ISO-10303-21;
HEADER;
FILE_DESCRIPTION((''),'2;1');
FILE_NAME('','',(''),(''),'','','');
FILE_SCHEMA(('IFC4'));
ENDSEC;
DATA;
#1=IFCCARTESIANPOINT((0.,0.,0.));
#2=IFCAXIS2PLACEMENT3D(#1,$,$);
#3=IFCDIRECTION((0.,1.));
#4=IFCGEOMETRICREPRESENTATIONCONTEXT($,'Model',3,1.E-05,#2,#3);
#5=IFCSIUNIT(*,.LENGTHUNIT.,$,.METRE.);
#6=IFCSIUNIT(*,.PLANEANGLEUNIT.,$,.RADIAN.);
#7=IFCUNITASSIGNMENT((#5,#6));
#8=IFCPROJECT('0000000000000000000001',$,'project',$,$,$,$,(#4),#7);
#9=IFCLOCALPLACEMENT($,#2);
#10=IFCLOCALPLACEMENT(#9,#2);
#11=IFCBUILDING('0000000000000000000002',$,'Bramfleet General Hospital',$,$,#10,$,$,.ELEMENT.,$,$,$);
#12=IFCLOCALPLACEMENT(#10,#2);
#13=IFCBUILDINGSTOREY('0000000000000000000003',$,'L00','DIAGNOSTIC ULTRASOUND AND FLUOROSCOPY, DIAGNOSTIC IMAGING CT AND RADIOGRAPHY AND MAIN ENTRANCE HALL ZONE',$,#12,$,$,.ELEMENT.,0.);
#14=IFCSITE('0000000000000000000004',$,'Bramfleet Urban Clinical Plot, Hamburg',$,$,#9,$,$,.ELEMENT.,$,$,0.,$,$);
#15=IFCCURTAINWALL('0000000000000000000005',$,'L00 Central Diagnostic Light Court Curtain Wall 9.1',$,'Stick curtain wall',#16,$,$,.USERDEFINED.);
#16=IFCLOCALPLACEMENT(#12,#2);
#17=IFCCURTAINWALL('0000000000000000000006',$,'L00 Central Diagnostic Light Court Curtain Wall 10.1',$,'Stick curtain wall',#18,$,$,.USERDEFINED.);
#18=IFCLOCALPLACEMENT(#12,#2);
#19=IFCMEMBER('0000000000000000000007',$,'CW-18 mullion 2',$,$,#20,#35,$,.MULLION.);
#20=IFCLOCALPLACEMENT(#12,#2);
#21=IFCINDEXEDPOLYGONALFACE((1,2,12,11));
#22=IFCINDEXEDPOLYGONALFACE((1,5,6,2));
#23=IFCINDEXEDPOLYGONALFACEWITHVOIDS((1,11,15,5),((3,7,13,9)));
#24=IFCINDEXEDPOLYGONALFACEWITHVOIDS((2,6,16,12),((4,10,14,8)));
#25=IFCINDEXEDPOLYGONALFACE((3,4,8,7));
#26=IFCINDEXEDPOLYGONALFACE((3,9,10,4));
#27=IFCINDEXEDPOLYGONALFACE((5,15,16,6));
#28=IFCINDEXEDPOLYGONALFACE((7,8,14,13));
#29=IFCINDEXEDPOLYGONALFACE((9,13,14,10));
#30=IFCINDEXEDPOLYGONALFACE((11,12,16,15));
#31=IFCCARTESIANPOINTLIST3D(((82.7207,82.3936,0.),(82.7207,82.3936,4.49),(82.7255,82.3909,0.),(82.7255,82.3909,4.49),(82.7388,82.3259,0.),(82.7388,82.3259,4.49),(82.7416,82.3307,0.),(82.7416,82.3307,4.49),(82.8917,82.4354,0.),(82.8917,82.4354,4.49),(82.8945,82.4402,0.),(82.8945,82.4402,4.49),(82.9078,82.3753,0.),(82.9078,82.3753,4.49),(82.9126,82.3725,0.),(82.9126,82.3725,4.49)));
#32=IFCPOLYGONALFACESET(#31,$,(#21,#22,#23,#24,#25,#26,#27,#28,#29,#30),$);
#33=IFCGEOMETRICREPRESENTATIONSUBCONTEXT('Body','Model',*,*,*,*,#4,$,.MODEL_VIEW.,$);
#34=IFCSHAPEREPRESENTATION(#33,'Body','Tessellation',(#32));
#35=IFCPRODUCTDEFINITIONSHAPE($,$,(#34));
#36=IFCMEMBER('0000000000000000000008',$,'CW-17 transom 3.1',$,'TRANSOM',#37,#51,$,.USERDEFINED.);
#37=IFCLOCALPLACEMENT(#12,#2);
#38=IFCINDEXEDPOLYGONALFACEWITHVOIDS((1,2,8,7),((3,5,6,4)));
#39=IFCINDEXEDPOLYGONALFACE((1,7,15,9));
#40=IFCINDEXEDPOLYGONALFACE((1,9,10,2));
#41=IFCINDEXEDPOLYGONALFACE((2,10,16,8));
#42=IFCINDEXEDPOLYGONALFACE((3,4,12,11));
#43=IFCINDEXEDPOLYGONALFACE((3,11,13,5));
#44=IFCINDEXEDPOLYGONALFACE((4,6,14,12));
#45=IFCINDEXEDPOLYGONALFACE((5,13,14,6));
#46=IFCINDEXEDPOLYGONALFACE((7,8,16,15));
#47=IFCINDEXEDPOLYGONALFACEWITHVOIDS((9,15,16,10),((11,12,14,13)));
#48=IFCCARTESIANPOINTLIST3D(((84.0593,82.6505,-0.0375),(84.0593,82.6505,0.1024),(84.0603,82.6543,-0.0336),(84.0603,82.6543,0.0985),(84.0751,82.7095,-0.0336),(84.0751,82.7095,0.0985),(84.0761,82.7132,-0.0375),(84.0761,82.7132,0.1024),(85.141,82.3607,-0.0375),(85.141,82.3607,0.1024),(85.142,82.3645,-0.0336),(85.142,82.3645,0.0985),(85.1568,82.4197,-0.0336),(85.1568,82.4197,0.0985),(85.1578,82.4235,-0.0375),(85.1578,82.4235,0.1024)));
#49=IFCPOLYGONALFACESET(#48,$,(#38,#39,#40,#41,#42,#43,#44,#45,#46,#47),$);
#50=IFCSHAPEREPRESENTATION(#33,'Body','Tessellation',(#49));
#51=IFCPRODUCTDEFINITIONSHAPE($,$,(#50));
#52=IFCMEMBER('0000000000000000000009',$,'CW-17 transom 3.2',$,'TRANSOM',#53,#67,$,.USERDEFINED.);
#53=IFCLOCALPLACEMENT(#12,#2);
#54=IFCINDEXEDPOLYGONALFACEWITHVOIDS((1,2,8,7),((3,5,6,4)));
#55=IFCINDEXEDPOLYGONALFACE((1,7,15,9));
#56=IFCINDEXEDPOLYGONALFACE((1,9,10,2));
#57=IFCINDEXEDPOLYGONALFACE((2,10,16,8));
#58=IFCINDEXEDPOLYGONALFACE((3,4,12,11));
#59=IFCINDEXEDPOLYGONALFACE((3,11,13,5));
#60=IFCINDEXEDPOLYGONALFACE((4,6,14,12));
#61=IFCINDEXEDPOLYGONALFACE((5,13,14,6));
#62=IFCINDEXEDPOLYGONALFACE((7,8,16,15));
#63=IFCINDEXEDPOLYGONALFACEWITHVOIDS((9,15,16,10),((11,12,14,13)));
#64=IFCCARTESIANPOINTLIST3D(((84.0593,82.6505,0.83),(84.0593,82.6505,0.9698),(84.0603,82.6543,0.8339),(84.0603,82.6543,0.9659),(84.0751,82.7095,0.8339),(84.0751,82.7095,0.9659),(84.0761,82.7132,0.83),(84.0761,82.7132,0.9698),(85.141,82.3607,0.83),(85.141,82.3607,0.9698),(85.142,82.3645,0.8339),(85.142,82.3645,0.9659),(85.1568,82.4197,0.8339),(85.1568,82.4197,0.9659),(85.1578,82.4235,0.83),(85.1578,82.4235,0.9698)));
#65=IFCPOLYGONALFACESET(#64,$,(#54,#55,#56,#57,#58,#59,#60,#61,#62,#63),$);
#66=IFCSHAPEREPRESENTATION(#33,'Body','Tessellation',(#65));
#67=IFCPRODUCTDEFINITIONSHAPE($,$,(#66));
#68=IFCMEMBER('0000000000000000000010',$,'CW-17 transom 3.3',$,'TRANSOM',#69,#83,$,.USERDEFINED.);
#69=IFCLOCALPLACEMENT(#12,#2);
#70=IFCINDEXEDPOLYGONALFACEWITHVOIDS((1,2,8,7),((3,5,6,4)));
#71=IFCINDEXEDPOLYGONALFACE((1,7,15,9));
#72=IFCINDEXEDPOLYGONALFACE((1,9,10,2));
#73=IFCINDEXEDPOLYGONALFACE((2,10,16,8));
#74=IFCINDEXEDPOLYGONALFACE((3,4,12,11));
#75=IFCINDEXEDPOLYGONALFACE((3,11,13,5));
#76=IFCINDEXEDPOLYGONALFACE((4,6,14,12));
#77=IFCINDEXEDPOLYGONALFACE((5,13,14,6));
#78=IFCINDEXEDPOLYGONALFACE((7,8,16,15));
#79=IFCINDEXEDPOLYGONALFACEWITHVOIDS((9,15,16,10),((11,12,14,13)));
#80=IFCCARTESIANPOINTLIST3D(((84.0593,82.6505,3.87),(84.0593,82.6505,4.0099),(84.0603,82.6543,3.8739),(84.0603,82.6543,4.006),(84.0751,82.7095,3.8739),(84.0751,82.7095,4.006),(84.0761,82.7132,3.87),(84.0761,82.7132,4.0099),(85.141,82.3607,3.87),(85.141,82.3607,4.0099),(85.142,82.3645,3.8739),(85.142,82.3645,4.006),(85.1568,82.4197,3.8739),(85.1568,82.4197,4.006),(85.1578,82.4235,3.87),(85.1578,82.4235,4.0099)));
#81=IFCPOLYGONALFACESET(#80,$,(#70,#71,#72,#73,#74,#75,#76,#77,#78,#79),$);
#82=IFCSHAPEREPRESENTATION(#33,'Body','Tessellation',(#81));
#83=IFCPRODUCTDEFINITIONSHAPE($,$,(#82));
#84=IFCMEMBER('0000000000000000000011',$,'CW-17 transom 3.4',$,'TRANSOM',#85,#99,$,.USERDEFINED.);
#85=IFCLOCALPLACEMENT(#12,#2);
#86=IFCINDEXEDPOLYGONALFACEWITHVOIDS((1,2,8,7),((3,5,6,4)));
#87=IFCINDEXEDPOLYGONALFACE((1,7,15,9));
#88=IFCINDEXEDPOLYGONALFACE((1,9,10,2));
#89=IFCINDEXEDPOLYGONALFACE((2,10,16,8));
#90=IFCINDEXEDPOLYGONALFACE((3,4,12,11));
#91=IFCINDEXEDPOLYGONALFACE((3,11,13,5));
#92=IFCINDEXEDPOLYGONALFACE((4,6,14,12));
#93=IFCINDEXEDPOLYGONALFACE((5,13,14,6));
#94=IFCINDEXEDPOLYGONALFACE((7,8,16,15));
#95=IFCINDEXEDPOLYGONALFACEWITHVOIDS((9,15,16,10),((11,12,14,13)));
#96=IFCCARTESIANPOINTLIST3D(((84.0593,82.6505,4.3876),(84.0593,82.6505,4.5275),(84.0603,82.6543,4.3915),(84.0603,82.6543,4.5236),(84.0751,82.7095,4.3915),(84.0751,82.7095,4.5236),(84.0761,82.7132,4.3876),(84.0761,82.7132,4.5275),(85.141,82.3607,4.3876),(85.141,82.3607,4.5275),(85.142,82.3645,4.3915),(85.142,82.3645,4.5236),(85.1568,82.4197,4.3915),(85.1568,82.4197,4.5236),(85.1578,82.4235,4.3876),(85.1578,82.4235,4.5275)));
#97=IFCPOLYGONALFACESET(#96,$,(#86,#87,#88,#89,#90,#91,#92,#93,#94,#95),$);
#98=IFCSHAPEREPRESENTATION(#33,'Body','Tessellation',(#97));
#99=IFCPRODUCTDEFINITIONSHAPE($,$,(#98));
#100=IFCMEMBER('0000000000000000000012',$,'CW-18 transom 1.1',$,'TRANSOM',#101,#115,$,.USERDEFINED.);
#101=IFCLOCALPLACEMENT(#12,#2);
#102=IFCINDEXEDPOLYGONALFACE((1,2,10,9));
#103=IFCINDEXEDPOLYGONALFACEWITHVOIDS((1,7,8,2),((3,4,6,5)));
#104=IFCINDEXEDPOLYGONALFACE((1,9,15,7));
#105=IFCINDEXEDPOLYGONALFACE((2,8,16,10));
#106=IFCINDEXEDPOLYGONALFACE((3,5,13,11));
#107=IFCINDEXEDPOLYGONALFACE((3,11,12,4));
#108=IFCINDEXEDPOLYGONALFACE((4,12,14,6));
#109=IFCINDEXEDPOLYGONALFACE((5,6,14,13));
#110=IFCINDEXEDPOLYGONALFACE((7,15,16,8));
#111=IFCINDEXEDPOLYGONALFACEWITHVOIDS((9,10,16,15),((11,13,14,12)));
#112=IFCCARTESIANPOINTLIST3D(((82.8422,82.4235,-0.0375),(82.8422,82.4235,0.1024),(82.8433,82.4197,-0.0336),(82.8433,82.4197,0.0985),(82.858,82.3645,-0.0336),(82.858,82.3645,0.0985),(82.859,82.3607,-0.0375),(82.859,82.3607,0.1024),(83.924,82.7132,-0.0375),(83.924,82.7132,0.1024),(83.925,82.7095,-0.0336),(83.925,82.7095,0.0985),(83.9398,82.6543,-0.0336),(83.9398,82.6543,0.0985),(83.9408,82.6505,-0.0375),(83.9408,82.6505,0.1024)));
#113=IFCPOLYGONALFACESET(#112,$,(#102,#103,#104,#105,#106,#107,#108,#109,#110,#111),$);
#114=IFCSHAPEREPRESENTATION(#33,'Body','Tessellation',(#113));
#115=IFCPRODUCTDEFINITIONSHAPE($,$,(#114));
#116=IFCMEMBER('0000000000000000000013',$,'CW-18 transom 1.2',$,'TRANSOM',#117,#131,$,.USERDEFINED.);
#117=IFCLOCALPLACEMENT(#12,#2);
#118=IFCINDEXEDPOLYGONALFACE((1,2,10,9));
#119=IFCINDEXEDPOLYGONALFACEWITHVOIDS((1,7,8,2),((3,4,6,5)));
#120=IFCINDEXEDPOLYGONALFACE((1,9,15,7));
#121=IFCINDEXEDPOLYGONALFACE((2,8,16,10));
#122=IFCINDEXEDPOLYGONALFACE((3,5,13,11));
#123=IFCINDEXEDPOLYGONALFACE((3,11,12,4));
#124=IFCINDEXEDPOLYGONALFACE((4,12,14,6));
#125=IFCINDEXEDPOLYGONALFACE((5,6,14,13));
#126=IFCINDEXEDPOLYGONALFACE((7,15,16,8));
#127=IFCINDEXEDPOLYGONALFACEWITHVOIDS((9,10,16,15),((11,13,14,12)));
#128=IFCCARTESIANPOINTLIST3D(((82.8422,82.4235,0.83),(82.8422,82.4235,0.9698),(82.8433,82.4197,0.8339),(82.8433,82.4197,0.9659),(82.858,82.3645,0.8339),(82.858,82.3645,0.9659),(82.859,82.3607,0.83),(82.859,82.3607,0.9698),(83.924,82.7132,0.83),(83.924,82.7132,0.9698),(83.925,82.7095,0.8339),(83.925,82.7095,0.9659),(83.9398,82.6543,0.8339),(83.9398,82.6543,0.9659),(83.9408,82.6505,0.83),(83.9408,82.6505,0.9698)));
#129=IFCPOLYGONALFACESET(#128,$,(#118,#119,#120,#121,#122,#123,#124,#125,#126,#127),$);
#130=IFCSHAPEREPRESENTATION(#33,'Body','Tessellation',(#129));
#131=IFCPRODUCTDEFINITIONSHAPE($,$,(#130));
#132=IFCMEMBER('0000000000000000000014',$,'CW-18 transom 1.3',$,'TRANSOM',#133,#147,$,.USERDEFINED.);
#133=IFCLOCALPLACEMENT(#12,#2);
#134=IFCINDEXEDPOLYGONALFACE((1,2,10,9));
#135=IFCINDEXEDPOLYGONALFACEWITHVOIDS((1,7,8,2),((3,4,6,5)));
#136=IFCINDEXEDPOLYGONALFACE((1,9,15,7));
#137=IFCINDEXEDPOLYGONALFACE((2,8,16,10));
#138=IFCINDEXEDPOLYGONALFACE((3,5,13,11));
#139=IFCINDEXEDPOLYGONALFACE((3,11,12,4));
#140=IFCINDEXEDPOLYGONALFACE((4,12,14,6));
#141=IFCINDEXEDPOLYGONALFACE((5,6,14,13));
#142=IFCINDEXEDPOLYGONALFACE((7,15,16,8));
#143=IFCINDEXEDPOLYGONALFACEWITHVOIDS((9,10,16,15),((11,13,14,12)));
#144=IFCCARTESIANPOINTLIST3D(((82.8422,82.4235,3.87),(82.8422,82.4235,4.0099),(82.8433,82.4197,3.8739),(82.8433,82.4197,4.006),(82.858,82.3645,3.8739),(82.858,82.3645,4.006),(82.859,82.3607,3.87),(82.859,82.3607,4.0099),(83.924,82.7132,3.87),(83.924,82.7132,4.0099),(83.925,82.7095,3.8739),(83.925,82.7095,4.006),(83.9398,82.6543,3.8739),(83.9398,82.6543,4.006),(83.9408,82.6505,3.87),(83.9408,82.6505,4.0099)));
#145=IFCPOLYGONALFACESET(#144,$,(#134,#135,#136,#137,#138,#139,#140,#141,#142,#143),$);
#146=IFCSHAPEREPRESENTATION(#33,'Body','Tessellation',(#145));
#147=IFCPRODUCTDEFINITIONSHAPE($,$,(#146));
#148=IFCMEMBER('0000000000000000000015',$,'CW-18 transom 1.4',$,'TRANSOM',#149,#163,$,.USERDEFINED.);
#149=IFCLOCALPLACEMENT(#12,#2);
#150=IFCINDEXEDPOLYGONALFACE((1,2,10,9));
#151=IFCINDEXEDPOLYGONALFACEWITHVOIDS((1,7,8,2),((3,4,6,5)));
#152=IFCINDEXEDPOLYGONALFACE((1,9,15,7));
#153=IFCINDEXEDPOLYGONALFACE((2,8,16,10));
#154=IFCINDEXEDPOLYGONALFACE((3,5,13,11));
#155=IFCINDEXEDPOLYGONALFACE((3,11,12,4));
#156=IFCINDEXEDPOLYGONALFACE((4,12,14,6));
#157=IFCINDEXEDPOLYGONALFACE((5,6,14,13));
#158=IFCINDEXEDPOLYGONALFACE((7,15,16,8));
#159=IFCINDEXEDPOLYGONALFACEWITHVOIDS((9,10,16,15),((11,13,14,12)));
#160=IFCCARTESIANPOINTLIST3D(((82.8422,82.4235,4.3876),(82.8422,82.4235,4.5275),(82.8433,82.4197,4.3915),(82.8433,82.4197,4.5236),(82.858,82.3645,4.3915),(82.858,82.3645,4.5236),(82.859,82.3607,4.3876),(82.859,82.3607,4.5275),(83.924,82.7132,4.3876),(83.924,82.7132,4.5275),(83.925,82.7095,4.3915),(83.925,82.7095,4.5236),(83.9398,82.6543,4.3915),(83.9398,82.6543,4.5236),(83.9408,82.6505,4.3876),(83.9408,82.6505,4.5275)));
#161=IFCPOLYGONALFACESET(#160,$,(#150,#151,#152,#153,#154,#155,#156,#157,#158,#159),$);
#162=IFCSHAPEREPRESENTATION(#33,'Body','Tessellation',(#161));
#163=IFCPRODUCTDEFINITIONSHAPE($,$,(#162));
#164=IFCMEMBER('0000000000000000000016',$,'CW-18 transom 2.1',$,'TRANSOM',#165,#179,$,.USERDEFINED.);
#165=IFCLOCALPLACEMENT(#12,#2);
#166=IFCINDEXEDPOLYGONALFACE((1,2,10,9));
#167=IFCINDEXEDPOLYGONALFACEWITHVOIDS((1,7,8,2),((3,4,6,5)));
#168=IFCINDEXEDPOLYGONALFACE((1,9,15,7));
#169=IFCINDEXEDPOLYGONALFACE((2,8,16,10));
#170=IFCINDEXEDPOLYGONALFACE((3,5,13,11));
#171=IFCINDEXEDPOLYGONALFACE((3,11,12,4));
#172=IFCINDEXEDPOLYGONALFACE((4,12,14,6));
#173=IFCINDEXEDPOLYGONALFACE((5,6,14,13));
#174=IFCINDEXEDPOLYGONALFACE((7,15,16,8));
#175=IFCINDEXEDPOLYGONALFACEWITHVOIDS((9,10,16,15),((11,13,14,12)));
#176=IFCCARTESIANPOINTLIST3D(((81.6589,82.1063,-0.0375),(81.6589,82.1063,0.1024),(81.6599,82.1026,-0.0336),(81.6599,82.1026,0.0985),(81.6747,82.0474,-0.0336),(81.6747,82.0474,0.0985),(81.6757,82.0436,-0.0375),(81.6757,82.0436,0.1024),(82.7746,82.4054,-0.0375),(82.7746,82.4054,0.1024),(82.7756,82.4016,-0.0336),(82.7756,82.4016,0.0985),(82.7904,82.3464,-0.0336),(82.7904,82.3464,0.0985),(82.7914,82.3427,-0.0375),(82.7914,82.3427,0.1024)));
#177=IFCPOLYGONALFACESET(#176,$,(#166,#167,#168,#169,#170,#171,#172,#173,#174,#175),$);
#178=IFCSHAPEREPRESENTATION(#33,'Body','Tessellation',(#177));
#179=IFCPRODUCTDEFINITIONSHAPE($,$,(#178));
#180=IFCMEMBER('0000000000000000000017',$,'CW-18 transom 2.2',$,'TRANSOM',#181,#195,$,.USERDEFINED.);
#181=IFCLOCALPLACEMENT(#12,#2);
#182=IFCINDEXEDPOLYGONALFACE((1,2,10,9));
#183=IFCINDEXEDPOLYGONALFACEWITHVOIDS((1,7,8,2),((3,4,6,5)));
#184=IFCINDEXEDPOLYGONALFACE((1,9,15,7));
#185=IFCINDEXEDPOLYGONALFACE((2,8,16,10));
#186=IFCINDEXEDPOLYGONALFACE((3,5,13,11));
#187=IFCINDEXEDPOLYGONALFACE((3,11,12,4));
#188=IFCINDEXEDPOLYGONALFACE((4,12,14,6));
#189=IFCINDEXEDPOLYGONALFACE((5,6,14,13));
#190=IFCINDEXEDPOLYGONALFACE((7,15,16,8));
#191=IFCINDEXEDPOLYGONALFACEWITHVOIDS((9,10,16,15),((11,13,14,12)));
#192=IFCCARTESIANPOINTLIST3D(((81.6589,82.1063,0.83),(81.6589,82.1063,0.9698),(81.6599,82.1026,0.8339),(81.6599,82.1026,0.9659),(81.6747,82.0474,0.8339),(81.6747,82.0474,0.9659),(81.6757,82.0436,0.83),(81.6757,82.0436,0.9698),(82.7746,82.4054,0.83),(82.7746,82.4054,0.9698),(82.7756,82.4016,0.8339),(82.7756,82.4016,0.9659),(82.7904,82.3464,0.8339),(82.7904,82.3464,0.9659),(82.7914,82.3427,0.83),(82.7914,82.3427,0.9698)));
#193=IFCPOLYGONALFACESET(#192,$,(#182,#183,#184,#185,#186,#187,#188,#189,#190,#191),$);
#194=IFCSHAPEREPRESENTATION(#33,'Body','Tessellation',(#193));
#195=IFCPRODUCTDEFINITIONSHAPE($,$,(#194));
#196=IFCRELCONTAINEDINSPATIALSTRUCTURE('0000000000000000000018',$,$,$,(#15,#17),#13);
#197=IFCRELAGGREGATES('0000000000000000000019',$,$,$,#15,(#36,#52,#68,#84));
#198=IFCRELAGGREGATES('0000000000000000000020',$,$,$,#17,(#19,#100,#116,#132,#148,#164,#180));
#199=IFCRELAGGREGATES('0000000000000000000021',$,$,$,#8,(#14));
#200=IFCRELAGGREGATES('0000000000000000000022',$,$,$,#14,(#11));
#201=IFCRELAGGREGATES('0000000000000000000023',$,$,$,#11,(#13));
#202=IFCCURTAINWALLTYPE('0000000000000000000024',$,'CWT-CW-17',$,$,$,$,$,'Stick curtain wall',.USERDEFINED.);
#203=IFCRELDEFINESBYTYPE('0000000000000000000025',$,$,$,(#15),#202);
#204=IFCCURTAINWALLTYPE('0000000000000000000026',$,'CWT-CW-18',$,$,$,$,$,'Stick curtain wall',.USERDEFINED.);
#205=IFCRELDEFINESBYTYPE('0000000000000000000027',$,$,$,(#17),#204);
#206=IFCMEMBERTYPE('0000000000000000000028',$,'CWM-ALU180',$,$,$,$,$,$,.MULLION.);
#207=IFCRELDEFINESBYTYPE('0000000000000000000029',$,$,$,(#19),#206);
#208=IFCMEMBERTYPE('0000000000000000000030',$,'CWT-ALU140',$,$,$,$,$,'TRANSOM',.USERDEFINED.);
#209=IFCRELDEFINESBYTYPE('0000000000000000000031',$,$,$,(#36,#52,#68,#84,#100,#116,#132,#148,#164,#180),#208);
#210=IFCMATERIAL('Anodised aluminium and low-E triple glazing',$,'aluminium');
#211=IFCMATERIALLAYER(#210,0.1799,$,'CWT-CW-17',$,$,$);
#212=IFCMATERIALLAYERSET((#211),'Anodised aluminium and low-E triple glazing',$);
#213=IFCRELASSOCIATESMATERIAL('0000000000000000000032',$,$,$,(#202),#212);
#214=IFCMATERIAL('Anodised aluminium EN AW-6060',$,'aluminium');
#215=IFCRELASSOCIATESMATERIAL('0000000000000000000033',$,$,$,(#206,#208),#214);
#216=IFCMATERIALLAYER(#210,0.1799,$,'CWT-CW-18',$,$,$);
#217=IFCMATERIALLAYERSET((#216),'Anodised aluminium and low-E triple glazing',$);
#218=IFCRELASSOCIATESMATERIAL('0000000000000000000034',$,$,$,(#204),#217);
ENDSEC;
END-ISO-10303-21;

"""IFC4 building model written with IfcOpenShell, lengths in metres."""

from ifc_helpers import new_model, si_unit, direction, frame, origin, origin_2d, place, context, subcontext, project, spatial, hollow_rectangle, extrude, material, layer, layer_set, material_profile, profile_set, type_object, element, aggregate, save


model = new_model("IFC4")

# Units and contexts
model_context = context("Model", 3, precision=1e-05, world=origin(), true_north=direction((0.0, 1.0)))
body_context = subcontext(model_context, "Body", "Model", "MODEL_VIEW")
ifc_project = project(units=[si_unit("LENGTHUNIT", "METRE"), si_unit("PLANEANGLEUNIT", "RADIAN")], contexts=[model_context])

# Site, building, storey
site_placement = place(None, origin())
site = spatial("IfcSite", under=ifc_project, at=site_placement, Name="Bramfleet Urban Clinical Plot, Hamburg", CompositionType="ELEMENT", RefElevation=0.0)
building_placement = place(site_placement, origin())
building = spatial("IfcBuilding", under=site, at=building_placement, Name="Bramfleet General Hospital", CompositionType="ELEMENT")
storey_placement = place(building_placement, origin())
storey = spatial("IfcBuildingStorey", under=building, at=storey_placement, Name="L00", Description="DIAGNOSTIC ULTRASOUND AND FLUOROSCOPY, DIAGNOSTIC IMAGING CT AND RADIOGRAPHY AND MAIN ENTRANCE HALL ZONE", CompositionType="ELEMENT", Elevation=0.0)

# Curtain walls, member
ifc_material_1 = material(Name="Anodised aluminium and low-E triple glazing", Category="aluminium")
ifc_layer_1 = layer(ifc_material_1, 0.1799, Name="CWT-CW-17")
ifc_layer_set_1 = layer_set([ifc_layer_1], Name="Anodised aluminium and low-E triple glazing")
curtain_wall_type_1 = type_object("IfcCurtainWallType", Name="CWT-CW-17", ElementType="Stick curtain wall", PredefinedType="USERDEFINED", material=ifc_layer_set_1)
curtain_wall_1_placement = place(storey_placement, origin())
curtain_wall_1 = element("IfcCurtainWall", 1, at=curtain_wall_1_placement, inside=storey, type_object=curtain_wall_type_1, Name="L00 Central Diagnostic Light Court Curtain Wall 9.1", ObjectType="Stick curtain wall", PredefinedType="USERDEFINED")
ifc_material_2 = material(Name="Anodised aluminium EN AW-6060", Category="aluminium")
ifc_material_profile_1 = material_profile(ifc_material_2, hollow_rectangle(XDim=0.0701, YDim=0.1799, WallThickness=0.0039, at=origin_2d()), Name="ALU 180x70x4.0")
ifc_profile_set_1 = profile_set([ifc_material_profile_1], Name="Anodised aluminium EN AW-6060")
member_type_1 = type_object("IfcMemberType", Name="CWM-ALU180", PredefinedType="MULLION", material=ifc_profile_set_1)
ifc_layer_2 = layer(ifc_material_1, 0.1799, Name="CWT-CW-18")
ifc_layer_set_2 = layer_set([ifc_layer_2], Name="Anodised aluminium and low-E triple glazing")
curtain_wall_type_2 = type_object("IfcCurtainWallType", Name="CWT-CW-18", ElementType="Stick curtain wall", PredefinedType="USERDEFINED", material=ifc_layer_set_2)
curtain_wall_2_placement = place(storey_placement, origin())
curtain_wall_2 = element("IfcCurtainWall", 2, at=curtain_wall_2_placement, inside=storey, type_object=curtain_wall_type_2, Name="L00 Central Diagnostic Light Court Curtain Wall 10.1", ObjectType="Stick curtain wall", PredefinedType="USERDEFINED")
member_1_placement = place(storey_placement, frame((82.8167, 82.3831, 0.0), z_axis=(0.0, 0.0, 1.0), x_axis=(0.258763, -0.965941, 0.0)))
member_1 = element("IfcMember", 3, at=member_1_placement, type_object=member_type_1, Name="CW-18 mullion 2", PredefinedType="MULLION", context=body_context, shape_type="SweptSolid", body=[
    extrude(hollow_rectangle(XDim=0.0701, YDim=0.1799, WallThickness=0.0039, at=origin_2d()), origin(), (0.0, 0.0, 1.0), 4.49),
])

# Members
ifc_material_profile_2 = material_profile(ifc_material_2, hollow_rectangle(XDim=0.0649, YDim=0.1399, WallThickness=0.0039, at=origin_2d()), Name="ALU 140x65x4.0")
ifc_profile_set_2 = profile_set([ifc_material_profile_2], Name="Anodised aluminium EN AW-6060")
member_type_2 = type_object("IfcMemberType", Name="CWT-ALU140", ElementType="TRANSOM", PredefinedType="USERDEFINED", material=ifc_profile_set_2)
member_2_placement = place(storey_placement, frame((85.1494, 82.3921, 0.0325), z_axis=(-0.965941, 0.258762, 0.0), x_axis=(-0.258762, -0.965941, 0.0)))
member_2 = element("IfcMember", 4, at=member_2_placement, type_object=member_type_2, Name="CW-17 transom 3.1", ObjectType="TRANSOM", PredefinedType="USERDEFINED", context=body_context, shape_type="SweptSolid", body=[
    extrude(hollow_rectangle(XDim=0.0649, YDim=0.1399, WallThickness=0.0039, at=origin_2d()), origin(), (0.0, 0.0, 1.0), 1.1199),
])
member_3_placement = place(storey_placement, frame((85.1494, 82.3921, 0.8999), z_axis=(-0.965941, 0.258762, 0.0), x_axis=(-0.258762, -0.965941, 0.0)))
member_3 = element("IfcMember", 5, at=member_3_placement, type_object=member_type_2, Name="CW-17 transom 3.2", ObjectType="TRANSOM", PredefinedType="USERDEFINED", context=body_context, shape_type="SweptSolid", body=[
    extrude(hollow_rectangle(XDim=0.0649, YDim=0.1399, WallThickness=0.0039, at=origin_2d()), origin(), (0.0, 0.0, 1.0), 1.1199),
])
member_4_placement = place(storey_placement, frame((85.1494, 82.3921, 3.9399), z_axis=(-0.965941, 0.258762, 0.0), x_axis=(-0.258762, -0.965941, 0.0)))
member_4 = element("IfcMember", 6, at=member_4_placement, type_object=member_type_2, Name="CW-17 transom 3.3", ObjectType="TRANSOM", PredefinedType="USERDEFINED", context=body_context, shape_type="SweptSolid", body=[
    extrude(hollow_rectangle(XDim=0.0649, YDim=0.1399, WallThickness=0.0039, at=origin_2d()), origin(), (0.0, 0.0, 1.0), 1.1199),
])
member_5_placement = place(storey_placement, frame((85.1494, 82.3921, 4.4575), z_axis=(-0.965941, 0.258762, 0.0), x_axis=(-0.258762, -0.965941, 0.0)))
member_5 = element("IfcMember", 7, at=member_5_placement, type_object=member_type_2, Name="CW-17 transom 3.4", ObjectType="TRANSOM", PredefinedType="USERDEFINED", context=body_context, shape_type="SweptSolid", body=[
    extrude(hollow_rectangle(XDim=0.0649, YDim=0.1399, WallThickness=0.0039, at=origin_2d()), origin(), (0.0, 0.0, 1.0), 1.1199),
])
member_6_placement = place(storey_placement, frame((83.9324, 82.6819, 0.0325), z_axis=(-0.965941, -0.258762, 0.0), x_axis=(0.258762, -0.965941, 0.0)))
member_6 = element("IfcMember", 8, at=member_6_placement, type_object=member_type_2, Name="CW-18 transom 1.1", ObjectType="TRANSOM", PredefinedType="USERDEFINED", context=body_context, shape_type="SweptSolid", body=[
    extrude(hollow_rectangle(XDim=0.0649, YDim=0.1399, WallThickness=0.0039, at=origin_2d()), origin(), (0.0, 0.0, 1.0), 1.1199),
])
member_7_placement = place(storey_placement, frame((83.9324, 82.6819, 0.8999), z_axis=(-0.965941, -0.258762, 0.0), x_axis=(0.258762, -0.965941, 0.0)))
member_7 = element("IfcMember", 9, at=member_7_placement, type_object=member_type_2, Name="CW-18 transom 1.2", ObjectType="TRANSOM", PredefinedType="USERDEFINED", context=body_context, shape_type="SweptSolid", body=[
    extrude(hollow_rectangle(XDim=0.0649, YDim=0.1399, WallThickness=0.0039, at=origin_2d()), origin(), (0.0, 0.0, 1.0), 1.1199),
])
member_8_placement = place(storey_placement, frame((83.9324, 82.6819, 3.9399), z_axis=(-0.965941, -0.258762, 0.0), x_axis=(0.258762, -0.965941, 0.0)))
member_8 = element("IfcMember", 10, at=member_8_placement, type_object=member_type_2, Name="CW-18 transom 1.3", ObjectType="TRANSOM", PredefinedType="USERDEFINED", context=body_context, shape_type="SweptSolid", body=[
    extrude(hollow_rectangle(XDim=0.0649, YDim=0.1399, WallThickness=0.0039, at=origin_2d()), origin(), (0.0, 0.0, 1.0), 1.1199),
])
member_9_placement = place(storey_placement, frame((83.9324, 82.6819, 4.4575), z_axis=(-0.965941, -0.258762, 0.0), x_axis=(0.258762, -0.965941, 0.0)))
member_9 = element("IfcMember", 11, at=member_9_placement, type_object=member_type_2, Name="CW-18 transom 1.4", ObjectType="TRANSOM", PredefinedType="USERDEFINED", context=body_context, shape_type="SweptSolid", body=[
    extrude(hollow_rectangle(XDim=0.0649, YDim=0.1399, WallThickness=0.0039, at=origin_2d()), origin(), (0.0, 0.0, 1.0), 1.1199),
])
member_10_placement = place(storey_placement, frame((82.783, 82.374, 0.0325), z_axis=(-0.965901, -0.258912, 0.0), x_axis=(0.258912, -0.965901, 0.0)))
member_10 = element("IfcMember", 12, at=member_10_placement, type_object=member_type_2, Name="CW-18 transom 2.1", ObjectType="TRANSOM", PredefinedType="USERDEFINED", context=body_context, shape_type="SweptSolid", body=[
    extrude(hollow_rectangle(XDim=0.0649, YDim=0.1399, WallThickness=0.0039, at=origin_2d()), origin(), (0.0, 0.0, 1.0), 1.155),
])
member_11_placement = place(storey_placement, frame((82.783, 82.374, 0.8999), z_axis=(-0.965901, -0.258912, 0.0), x_axis=(0.258912, -0.965901, 0.0)))
member_11 = element("IfcMember", 13, at=member_11_placement, type_object=member_type_2, Name="CW-18 transom 2.2", ObjectType="TRANSOM", PredefinedType="USERDEFINED", context=body_context, shape_type="SweptSolid", body=[
    extrude(hollow_rectangle(XDim=0.0649, YDim=0.1399, WallThickness=0.0039, at=origin_2d()), origin(), (0.0, 0.0, 1.0), 1.155),
])

aggregate(curtain_wall_1, [member_2, member_3, member_4, member_5])
aggregate(curtain_wall_2, [member_1, member_6, member_7, member_8, member_9, member_10, member_11])

save(model, "model.ifc")
